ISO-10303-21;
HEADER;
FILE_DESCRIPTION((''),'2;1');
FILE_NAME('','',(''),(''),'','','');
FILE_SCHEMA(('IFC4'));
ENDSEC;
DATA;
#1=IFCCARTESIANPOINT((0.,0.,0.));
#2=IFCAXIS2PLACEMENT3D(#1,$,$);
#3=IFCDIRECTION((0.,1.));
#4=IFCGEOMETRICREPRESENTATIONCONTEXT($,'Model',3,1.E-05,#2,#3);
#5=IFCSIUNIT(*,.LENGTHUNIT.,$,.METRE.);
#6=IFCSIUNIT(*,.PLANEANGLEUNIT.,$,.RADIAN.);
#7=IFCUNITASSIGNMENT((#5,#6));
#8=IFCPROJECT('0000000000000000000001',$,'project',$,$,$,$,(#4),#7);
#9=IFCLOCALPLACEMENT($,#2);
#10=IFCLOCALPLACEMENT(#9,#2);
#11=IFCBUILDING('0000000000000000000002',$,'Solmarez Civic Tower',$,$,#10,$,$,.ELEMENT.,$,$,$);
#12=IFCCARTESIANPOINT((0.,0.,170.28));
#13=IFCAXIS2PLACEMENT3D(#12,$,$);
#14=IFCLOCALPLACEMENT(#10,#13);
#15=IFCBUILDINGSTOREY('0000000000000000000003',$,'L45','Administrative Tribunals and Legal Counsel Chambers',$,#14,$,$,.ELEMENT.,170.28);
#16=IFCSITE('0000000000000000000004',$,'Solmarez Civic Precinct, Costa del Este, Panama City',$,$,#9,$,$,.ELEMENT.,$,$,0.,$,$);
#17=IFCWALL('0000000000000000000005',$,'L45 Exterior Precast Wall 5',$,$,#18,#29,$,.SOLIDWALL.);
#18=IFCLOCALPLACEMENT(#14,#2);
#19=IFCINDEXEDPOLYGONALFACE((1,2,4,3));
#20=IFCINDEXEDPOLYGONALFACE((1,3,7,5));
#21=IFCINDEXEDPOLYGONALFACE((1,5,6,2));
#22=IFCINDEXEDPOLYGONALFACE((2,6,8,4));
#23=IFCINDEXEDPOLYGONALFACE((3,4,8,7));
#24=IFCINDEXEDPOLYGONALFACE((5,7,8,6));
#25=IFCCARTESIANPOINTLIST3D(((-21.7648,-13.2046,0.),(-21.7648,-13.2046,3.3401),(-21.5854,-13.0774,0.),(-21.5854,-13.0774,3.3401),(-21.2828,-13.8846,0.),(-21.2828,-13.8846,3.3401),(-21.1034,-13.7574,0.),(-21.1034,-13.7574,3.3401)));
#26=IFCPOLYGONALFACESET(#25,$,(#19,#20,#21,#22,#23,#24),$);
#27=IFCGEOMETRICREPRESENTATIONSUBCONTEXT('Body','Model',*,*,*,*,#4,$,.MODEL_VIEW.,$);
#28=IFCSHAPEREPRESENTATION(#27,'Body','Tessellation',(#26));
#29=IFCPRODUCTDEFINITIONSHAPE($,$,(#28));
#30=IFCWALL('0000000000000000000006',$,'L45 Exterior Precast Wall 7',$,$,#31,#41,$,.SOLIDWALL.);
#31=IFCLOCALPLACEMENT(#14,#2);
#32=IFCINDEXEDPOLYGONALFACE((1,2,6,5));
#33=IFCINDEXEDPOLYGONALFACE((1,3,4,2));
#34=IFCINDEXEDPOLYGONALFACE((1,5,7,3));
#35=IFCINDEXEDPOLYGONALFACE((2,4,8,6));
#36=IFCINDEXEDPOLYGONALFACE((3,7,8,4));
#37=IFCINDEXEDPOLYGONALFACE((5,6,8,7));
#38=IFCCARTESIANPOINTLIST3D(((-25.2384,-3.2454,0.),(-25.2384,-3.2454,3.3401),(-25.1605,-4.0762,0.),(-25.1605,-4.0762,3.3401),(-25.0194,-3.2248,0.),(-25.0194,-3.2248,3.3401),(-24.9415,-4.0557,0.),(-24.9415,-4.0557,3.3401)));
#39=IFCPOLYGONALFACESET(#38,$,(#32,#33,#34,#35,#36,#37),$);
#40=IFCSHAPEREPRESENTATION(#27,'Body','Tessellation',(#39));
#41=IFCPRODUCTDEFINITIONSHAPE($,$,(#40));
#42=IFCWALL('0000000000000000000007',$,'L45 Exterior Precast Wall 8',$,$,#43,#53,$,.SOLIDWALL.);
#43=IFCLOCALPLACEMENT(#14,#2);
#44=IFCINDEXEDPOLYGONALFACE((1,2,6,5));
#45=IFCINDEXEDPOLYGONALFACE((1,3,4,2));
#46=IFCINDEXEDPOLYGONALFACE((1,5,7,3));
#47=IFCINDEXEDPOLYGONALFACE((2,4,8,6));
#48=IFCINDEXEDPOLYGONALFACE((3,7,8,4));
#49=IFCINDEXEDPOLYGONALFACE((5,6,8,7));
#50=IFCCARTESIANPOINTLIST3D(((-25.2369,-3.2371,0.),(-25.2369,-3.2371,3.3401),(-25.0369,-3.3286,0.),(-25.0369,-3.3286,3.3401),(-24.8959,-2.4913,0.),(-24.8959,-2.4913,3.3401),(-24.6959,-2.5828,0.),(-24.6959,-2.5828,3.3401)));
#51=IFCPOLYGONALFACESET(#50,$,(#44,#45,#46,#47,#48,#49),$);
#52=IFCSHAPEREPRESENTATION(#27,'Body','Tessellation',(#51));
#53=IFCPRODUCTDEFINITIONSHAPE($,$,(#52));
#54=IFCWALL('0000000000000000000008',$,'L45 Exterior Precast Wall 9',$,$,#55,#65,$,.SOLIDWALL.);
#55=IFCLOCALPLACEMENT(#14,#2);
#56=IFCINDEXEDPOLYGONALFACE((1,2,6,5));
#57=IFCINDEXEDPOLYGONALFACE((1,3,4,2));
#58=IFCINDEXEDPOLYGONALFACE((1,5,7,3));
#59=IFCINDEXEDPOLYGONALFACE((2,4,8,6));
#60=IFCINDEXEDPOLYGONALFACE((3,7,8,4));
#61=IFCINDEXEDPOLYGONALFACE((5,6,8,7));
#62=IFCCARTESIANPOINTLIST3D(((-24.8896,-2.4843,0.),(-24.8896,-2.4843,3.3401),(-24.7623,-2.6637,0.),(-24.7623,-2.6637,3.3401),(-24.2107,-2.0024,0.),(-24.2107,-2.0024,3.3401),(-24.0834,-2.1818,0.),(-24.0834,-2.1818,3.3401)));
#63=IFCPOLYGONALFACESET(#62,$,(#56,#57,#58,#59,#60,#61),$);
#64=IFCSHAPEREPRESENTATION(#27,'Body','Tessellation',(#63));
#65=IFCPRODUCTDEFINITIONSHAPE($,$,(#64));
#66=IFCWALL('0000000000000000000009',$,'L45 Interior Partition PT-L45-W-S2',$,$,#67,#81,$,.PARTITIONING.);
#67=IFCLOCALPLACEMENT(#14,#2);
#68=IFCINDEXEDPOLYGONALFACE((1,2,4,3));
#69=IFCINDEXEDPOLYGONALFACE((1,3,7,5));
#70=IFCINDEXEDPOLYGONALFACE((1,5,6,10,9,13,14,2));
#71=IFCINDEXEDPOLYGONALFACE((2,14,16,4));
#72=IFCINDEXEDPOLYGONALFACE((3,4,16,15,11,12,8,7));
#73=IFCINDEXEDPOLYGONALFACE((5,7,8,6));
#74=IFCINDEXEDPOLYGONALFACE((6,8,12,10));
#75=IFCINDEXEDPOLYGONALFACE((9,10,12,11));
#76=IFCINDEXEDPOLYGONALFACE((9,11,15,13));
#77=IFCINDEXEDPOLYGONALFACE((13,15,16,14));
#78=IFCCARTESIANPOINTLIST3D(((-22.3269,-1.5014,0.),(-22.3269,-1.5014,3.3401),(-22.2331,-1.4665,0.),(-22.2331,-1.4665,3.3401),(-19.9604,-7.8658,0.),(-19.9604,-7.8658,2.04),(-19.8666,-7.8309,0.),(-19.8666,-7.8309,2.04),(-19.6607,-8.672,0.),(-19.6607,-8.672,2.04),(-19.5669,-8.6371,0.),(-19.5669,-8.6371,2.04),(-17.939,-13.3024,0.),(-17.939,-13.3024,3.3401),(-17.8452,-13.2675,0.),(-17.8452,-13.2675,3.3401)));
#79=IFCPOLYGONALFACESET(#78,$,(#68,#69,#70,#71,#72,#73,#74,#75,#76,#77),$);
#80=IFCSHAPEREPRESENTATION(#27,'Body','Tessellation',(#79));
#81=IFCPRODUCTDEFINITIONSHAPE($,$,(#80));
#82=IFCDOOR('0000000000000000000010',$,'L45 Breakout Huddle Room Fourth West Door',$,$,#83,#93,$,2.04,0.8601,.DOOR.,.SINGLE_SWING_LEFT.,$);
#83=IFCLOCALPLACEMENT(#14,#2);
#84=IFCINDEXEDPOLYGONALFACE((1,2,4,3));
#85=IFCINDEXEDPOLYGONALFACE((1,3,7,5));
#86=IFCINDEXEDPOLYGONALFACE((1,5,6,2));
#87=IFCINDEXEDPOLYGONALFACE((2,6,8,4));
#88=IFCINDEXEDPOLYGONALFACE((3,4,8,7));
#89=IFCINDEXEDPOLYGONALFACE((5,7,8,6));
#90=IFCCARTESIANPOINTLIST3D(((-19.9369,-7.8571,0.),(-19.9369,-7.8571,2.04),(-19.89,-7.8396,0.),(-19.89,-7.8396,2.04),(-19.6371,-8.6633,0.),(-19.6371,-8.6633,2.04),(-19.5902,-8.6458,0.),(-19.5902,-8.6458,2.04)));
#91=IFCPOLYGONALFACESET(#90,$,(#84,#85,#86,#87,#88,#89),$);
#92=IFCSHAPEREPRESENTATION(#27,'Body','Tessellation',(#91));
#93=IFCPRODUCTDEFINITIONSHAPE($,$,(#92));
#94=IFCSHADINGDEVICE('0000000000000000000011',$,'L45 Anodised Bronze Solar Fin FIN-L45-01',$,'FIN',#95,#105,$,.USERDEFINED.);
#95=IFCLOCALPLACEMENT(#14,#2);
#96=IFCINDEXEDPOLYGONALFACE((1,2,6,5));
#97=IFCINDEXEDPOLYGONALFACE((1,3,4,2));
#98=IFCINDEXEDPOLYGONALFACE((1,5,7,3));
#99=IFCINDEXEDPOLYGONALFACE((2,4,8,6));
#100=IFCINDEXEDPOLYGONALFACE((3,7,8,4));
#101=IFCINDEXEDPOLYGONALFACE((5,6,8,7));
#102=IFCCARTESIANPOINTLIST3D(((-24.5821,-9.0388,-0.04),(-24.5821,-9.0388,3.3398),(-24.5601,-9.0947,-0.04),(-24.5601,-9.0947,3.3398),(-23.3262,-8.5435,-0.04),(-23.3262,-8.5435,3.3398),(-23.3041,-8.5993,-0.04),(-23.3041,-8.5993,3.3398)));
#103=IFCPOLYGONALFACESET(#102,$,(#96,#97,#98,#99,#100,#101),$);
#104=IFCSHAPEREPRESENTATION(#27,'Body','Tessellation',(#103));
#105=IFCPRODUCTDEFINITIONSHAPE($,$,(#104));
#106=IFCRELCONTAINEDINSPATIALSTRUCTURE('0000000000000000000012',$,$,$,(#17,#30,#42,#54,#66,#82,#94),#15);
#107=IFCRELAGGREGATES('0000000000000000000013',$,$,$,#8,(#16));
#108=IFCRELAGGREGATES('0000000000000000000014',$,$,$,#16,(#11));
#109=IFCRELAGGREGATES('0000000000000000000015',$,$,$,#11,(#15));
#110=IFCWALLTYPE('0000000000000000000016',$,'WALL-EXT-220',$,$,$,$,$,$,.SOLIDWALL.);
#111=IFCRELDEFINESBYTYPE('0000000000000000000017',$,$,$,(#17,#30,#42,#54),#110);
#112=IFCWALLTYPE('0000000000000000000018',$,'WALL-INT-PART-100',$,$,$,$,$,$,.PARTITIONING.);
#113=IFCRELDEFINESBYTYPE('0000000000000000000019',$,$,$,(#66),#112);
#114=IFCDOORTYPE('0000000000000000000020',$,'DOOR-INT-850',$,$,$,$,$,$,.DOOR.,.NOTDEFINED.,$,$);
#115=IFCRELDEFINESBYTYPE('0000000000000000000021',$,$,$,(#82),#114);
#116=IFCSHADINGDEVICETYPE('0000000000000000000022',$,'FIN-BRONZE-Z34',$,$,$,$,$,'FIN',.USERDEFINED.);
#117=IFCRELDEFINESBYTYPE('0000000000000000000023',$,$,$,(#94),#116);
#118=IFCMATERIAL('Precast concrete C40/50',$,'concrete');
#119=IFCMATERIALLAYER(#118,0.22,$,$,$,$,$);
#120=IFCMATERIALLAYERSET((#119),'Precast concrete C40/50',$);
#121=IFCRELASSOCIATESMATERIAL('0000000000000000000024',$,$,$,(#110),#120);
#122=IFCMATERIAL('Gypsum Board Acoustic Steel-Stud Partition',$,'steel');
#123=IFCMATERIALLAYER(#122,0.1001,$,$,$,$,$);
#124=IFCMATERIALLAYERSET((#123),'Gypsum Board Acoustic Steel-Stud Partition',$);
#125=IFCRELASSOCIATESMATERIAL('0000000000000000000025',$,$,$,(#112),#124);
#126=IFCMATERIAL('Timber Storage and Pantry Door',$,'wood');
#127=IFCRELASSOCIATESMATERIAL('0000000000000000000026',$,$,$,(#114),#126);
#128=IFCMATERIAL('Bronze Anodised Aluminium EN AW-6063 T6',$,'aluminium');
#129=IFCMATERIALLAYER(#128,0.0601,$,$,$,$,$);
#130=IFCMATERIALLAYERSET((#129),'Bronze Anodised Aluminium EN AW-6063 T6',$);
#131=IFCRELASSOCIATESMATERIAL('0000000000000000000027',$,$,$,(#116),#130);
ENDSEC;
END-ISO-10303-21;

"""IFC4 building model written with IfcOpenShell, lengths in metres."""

from ifc_helpers import new_model, si_unit, direction, frame, frame_2d, origin, origin_2d, place, context, subcontext, project, spatial, rectangle, extrude, material, layer, layer_set, type_object, element, fill, save


model = new_model("IFC4")

# Units and contexts
model_context = context("Model", 3, precision=1e-05, world=origin(), true_north=direction((0.0, 1.0)))
body_context = subcontext(model_context, "Body", "Model", "MODEL_VIEW")
ifc_project = project(units=[si_unit("LENGTHUNIT", "METRE"), si_unit("PLANEANGLEUNIT", "RADIAN")], contexts=[model_context])

# Site, building, storey
site_placement = place(None, origin())
site = spatial("IfcSite", under=ifc_project, at=site_placement, Name="Solmarez Civic Precinct, Costa del Este, Panama City", CompositionType="ELEMENT", RefElevation=0.0)
building_placement = place(site_placement, origin())
building = spatial("IfcBuilding", under=site, at=building_placement, Name="Solmarez Civic Tower", CompositionType="ELEMENT")
storey_placement = place(building_placement, frame((0.0, 0.0, 170.28)))
storey = spatial("IfcBuildingStorey", under=building, at=storey_placement, Name="L45", Description="Administrative Tribunals and Legal Counsel Chambers", CompositionType="ELEMENT", Elevation=170.28)

# Shared definitions
ifc_material_1 = material(Name="Bronze Anodised Aluminium EN AW-6063 T6", Category="aluminium")

# Walls
ifc_material_2 = material(Name="Precast concrete C40/50", Category="concrete")
ifc_layer_1 = layer(ifc_material_2, 0.22)
ifc_layer_set_1 = layer_set([ifc_layer_1], Name="Precast concrete C40/50")
wall_type_1 = type_object("IfcWallType", Name="WALL-EXT-220", PredefinedType="SOLIDWALL", material=ifc_layer_set_1)
wall_1_placement = place(storey_placement, frame((-21.1931, -13.821, 0.0), z_axis=(0.0, 0.0, 1.0), x_axis=(-0.578269, 0.815846, 0.0)))
element("IfcWall", 1, at=wall_1_placement, inside=storey, type_object=wall_type_1, Name="L45 Exterior Precast Wall 5", PredefinedType="SOLIDWALL", context=body_context, shape_type="SweptSolid", body=[
    extrude(rectangle(XDim=0.8335, YDim=0.22, at=frame_2d((0.4167, 0.0))), origin(), (0.0, 0.0, 1.0), 3.3401),
])
wall_2_placement = place(storey_placement, frame((-25.051, -4.0659, 0.0), z_axis=(0.0, 0.0, 1.0), x_axis=(-0.093332, 0.995635, 0.0)))
element("IfcWall", 2, at=wall_2_placement, inside=storey, type_object=wall_type_1, Name="L45 Exterior Precast Wall 7", PredefinedType="SOLIDWALL", context=body_context, shape_type="SweptSolid", body=[
    extrude(rectangle(XDim=0.8345, YDim=0.22, at=frame_2d((0.4172, 0.0))), origin(), (0.0, 0.0, 1.0), 3.3401),
])
wall_3_placement = place(storey_placement, frame((-25.137, -3.283, 0.0), z_axis=(0.0, 0.0, 1.0), x_axis=(0.415865, 0.909426, 0.0)))
element("IfcWall", 3, at=wall_3_placement, inside=storey, type_object=wall_type_1, Name="L45 Exterior Precast Wall 8", PredefinedType="SOLIDWALL", context=body_context, shape_type="SweptSolid", body=[
    extrude(rectangle(XDim=0.8201, YDim=0.22, at=frame_2d((0.4102, 0.0))), origin(), (0.0, 0.0, 1.0), 3.3401),
])
wall_4_placement = place(storey_placement, frame((-24.8259, -2.574, 0.0), z_axis=(0.0, 0.0, 1.0), x_axis=(0.815454, 0.578822, 0.0)))
element("IfcWall", 4, at=wall_4_placement, inside=storey, type_object=wall_type_1, Name="L45 Exterior Precast Wall 9", PredefinedType="SOLIDWALL", context=body_context, shape_type="SweptSolid", body=[
    extrude(rectangle(XDim=0.8325, YDim=0.22, at=frame_2d((0.4163, 0.0))), origin(), (0.0, 0.0, 1.0), 3.3401),
])

# Wall, opening, door
ifc_material_3 = material(Name="Gypsum Board Acoustic Steel-Stud Partition", Category="steel")
ifc_layer_2 = layer(ifc_material_3, 0.1001)
ifc_layer_set_2 = layer_set([ifc_layer_2], Name="Gypsum Board Acoustic Steel-Stud Partition")
wall_type_2 = type_object("IfcWallType", Name="WALL-INT-PART-100", PredefinedType="PARTITIONING", material=ifc_layer_set_2)
wall_5_placement = place(storey_placement, frame((-17.8921, -13.2849, 0.0), z_axis=(0.0, 0.0, 1.0), x_axis=(-0.348515, 0.937303, 0.0)))
wall_5 = element("IfcWall", 5, at=wall_5_placement, inside=storey, type_object=wall_type_2, Name="L45 Interior Partition PT-L45-W-S2", PredefinedType="PARTITIONING", context=body_context, shape_type="SweptSolid", body=[
    extrude(rectangle(XDim=12.5903, YDim=0.1001, at=frame_2d((6.2952, 0.0))), origin(), (0.0, 0.0, 1.0), 3.3401),
])
opening_placement = place(wall_5_placement, frame((4.9399, 0.0, 0.0)))
opening = element("IfcOpeningElement", 6, at=opening_placement, cuts=wall_5, PredefinedType="OPENING", context=body_context, shape_type="SweptSolid", body=[
    extrude(rectangle(XDim=0.8601, YDim=2.04, at=frame_2d((0.4302, 1.02))), frame((0.0, 0.0601, 0.0), z_axis=(0.0, -1.0, 0.0), x_axis=(1.0, 0.0, 0.0)), (0.0, 0.0, 1.0), 0.1201),
])
ifc_material_4 = material(Name="Timber Storage and Pantry Door", Category="wood")
door_type = type_object("IfcDoorType", Name="DOOR-INT-850", OperationType="NOTDEFINED", PredefinedType="DOOR", material=ifc_material_4)
door_placement = place(opening_placement, origin())
door = element("IfcDoor", 7, at=door_placement, inside=storey, type_object=door_type, Name="L45 Breakout Huddle Room Fourth West Door", OperationType="SINGLE_SWING_LEFT", OverallHeight=2.04, OverallWidth=0.8601, PredefinedType="DOOR", context=body_context, shape_type="SweptSolid", body=[
    extrude(rectangle(XDim=0.8601, YDim=2.04, at=frame_2d((0.4302, 1.02))), frame((0.0, 0.0249, 0.0), z_axis=(0.0, -1.0, 0.0), x_axis=(1.0, 0.0, 0.0)), (0.0, 0.0, 1.0), 0.05),
])
fill(opening, door)

# Shading device
ifc_layer_3 = layer(ifc_material_1, 0.0601)
ifc_layer_set_3 = layer_set([ifc_layer_3], Name="Bronze Anodised Aluminium EN AW-6063 T6")
shading_device_type = type_object("IfcShadingDeviceType", Name="FIN-BRONZE-Z34", ElementType="FIN", PredefinedType="USERDEFINED", material=ifc_layer_set_3)
shading_device_placement = place(storey_placement, frame((-23.9431, -8.8191, -0.04), z_axis=(0.0, 0.0, 1.0), x_axis=(-0.930258, -0.366907, 0.0)))
element("IfcShadingDevice", 8, at=shading_device_placement, inside=storey, type_object=shading_device_type, Name="L45 Anodised Bronze Solar Fin FIN-L45-01", ObjectType="FIN", PredefinedType="USERDEFINED", context=body_context, shape_type="SweptSolid", body=[
    extrude(rectangle(XDim=1.3501, YDim=0.0601, at=origin_2d()), origin(), (0.0, 0.0, 1.0), 3.3799),
])

save(model, "model.ifc")
